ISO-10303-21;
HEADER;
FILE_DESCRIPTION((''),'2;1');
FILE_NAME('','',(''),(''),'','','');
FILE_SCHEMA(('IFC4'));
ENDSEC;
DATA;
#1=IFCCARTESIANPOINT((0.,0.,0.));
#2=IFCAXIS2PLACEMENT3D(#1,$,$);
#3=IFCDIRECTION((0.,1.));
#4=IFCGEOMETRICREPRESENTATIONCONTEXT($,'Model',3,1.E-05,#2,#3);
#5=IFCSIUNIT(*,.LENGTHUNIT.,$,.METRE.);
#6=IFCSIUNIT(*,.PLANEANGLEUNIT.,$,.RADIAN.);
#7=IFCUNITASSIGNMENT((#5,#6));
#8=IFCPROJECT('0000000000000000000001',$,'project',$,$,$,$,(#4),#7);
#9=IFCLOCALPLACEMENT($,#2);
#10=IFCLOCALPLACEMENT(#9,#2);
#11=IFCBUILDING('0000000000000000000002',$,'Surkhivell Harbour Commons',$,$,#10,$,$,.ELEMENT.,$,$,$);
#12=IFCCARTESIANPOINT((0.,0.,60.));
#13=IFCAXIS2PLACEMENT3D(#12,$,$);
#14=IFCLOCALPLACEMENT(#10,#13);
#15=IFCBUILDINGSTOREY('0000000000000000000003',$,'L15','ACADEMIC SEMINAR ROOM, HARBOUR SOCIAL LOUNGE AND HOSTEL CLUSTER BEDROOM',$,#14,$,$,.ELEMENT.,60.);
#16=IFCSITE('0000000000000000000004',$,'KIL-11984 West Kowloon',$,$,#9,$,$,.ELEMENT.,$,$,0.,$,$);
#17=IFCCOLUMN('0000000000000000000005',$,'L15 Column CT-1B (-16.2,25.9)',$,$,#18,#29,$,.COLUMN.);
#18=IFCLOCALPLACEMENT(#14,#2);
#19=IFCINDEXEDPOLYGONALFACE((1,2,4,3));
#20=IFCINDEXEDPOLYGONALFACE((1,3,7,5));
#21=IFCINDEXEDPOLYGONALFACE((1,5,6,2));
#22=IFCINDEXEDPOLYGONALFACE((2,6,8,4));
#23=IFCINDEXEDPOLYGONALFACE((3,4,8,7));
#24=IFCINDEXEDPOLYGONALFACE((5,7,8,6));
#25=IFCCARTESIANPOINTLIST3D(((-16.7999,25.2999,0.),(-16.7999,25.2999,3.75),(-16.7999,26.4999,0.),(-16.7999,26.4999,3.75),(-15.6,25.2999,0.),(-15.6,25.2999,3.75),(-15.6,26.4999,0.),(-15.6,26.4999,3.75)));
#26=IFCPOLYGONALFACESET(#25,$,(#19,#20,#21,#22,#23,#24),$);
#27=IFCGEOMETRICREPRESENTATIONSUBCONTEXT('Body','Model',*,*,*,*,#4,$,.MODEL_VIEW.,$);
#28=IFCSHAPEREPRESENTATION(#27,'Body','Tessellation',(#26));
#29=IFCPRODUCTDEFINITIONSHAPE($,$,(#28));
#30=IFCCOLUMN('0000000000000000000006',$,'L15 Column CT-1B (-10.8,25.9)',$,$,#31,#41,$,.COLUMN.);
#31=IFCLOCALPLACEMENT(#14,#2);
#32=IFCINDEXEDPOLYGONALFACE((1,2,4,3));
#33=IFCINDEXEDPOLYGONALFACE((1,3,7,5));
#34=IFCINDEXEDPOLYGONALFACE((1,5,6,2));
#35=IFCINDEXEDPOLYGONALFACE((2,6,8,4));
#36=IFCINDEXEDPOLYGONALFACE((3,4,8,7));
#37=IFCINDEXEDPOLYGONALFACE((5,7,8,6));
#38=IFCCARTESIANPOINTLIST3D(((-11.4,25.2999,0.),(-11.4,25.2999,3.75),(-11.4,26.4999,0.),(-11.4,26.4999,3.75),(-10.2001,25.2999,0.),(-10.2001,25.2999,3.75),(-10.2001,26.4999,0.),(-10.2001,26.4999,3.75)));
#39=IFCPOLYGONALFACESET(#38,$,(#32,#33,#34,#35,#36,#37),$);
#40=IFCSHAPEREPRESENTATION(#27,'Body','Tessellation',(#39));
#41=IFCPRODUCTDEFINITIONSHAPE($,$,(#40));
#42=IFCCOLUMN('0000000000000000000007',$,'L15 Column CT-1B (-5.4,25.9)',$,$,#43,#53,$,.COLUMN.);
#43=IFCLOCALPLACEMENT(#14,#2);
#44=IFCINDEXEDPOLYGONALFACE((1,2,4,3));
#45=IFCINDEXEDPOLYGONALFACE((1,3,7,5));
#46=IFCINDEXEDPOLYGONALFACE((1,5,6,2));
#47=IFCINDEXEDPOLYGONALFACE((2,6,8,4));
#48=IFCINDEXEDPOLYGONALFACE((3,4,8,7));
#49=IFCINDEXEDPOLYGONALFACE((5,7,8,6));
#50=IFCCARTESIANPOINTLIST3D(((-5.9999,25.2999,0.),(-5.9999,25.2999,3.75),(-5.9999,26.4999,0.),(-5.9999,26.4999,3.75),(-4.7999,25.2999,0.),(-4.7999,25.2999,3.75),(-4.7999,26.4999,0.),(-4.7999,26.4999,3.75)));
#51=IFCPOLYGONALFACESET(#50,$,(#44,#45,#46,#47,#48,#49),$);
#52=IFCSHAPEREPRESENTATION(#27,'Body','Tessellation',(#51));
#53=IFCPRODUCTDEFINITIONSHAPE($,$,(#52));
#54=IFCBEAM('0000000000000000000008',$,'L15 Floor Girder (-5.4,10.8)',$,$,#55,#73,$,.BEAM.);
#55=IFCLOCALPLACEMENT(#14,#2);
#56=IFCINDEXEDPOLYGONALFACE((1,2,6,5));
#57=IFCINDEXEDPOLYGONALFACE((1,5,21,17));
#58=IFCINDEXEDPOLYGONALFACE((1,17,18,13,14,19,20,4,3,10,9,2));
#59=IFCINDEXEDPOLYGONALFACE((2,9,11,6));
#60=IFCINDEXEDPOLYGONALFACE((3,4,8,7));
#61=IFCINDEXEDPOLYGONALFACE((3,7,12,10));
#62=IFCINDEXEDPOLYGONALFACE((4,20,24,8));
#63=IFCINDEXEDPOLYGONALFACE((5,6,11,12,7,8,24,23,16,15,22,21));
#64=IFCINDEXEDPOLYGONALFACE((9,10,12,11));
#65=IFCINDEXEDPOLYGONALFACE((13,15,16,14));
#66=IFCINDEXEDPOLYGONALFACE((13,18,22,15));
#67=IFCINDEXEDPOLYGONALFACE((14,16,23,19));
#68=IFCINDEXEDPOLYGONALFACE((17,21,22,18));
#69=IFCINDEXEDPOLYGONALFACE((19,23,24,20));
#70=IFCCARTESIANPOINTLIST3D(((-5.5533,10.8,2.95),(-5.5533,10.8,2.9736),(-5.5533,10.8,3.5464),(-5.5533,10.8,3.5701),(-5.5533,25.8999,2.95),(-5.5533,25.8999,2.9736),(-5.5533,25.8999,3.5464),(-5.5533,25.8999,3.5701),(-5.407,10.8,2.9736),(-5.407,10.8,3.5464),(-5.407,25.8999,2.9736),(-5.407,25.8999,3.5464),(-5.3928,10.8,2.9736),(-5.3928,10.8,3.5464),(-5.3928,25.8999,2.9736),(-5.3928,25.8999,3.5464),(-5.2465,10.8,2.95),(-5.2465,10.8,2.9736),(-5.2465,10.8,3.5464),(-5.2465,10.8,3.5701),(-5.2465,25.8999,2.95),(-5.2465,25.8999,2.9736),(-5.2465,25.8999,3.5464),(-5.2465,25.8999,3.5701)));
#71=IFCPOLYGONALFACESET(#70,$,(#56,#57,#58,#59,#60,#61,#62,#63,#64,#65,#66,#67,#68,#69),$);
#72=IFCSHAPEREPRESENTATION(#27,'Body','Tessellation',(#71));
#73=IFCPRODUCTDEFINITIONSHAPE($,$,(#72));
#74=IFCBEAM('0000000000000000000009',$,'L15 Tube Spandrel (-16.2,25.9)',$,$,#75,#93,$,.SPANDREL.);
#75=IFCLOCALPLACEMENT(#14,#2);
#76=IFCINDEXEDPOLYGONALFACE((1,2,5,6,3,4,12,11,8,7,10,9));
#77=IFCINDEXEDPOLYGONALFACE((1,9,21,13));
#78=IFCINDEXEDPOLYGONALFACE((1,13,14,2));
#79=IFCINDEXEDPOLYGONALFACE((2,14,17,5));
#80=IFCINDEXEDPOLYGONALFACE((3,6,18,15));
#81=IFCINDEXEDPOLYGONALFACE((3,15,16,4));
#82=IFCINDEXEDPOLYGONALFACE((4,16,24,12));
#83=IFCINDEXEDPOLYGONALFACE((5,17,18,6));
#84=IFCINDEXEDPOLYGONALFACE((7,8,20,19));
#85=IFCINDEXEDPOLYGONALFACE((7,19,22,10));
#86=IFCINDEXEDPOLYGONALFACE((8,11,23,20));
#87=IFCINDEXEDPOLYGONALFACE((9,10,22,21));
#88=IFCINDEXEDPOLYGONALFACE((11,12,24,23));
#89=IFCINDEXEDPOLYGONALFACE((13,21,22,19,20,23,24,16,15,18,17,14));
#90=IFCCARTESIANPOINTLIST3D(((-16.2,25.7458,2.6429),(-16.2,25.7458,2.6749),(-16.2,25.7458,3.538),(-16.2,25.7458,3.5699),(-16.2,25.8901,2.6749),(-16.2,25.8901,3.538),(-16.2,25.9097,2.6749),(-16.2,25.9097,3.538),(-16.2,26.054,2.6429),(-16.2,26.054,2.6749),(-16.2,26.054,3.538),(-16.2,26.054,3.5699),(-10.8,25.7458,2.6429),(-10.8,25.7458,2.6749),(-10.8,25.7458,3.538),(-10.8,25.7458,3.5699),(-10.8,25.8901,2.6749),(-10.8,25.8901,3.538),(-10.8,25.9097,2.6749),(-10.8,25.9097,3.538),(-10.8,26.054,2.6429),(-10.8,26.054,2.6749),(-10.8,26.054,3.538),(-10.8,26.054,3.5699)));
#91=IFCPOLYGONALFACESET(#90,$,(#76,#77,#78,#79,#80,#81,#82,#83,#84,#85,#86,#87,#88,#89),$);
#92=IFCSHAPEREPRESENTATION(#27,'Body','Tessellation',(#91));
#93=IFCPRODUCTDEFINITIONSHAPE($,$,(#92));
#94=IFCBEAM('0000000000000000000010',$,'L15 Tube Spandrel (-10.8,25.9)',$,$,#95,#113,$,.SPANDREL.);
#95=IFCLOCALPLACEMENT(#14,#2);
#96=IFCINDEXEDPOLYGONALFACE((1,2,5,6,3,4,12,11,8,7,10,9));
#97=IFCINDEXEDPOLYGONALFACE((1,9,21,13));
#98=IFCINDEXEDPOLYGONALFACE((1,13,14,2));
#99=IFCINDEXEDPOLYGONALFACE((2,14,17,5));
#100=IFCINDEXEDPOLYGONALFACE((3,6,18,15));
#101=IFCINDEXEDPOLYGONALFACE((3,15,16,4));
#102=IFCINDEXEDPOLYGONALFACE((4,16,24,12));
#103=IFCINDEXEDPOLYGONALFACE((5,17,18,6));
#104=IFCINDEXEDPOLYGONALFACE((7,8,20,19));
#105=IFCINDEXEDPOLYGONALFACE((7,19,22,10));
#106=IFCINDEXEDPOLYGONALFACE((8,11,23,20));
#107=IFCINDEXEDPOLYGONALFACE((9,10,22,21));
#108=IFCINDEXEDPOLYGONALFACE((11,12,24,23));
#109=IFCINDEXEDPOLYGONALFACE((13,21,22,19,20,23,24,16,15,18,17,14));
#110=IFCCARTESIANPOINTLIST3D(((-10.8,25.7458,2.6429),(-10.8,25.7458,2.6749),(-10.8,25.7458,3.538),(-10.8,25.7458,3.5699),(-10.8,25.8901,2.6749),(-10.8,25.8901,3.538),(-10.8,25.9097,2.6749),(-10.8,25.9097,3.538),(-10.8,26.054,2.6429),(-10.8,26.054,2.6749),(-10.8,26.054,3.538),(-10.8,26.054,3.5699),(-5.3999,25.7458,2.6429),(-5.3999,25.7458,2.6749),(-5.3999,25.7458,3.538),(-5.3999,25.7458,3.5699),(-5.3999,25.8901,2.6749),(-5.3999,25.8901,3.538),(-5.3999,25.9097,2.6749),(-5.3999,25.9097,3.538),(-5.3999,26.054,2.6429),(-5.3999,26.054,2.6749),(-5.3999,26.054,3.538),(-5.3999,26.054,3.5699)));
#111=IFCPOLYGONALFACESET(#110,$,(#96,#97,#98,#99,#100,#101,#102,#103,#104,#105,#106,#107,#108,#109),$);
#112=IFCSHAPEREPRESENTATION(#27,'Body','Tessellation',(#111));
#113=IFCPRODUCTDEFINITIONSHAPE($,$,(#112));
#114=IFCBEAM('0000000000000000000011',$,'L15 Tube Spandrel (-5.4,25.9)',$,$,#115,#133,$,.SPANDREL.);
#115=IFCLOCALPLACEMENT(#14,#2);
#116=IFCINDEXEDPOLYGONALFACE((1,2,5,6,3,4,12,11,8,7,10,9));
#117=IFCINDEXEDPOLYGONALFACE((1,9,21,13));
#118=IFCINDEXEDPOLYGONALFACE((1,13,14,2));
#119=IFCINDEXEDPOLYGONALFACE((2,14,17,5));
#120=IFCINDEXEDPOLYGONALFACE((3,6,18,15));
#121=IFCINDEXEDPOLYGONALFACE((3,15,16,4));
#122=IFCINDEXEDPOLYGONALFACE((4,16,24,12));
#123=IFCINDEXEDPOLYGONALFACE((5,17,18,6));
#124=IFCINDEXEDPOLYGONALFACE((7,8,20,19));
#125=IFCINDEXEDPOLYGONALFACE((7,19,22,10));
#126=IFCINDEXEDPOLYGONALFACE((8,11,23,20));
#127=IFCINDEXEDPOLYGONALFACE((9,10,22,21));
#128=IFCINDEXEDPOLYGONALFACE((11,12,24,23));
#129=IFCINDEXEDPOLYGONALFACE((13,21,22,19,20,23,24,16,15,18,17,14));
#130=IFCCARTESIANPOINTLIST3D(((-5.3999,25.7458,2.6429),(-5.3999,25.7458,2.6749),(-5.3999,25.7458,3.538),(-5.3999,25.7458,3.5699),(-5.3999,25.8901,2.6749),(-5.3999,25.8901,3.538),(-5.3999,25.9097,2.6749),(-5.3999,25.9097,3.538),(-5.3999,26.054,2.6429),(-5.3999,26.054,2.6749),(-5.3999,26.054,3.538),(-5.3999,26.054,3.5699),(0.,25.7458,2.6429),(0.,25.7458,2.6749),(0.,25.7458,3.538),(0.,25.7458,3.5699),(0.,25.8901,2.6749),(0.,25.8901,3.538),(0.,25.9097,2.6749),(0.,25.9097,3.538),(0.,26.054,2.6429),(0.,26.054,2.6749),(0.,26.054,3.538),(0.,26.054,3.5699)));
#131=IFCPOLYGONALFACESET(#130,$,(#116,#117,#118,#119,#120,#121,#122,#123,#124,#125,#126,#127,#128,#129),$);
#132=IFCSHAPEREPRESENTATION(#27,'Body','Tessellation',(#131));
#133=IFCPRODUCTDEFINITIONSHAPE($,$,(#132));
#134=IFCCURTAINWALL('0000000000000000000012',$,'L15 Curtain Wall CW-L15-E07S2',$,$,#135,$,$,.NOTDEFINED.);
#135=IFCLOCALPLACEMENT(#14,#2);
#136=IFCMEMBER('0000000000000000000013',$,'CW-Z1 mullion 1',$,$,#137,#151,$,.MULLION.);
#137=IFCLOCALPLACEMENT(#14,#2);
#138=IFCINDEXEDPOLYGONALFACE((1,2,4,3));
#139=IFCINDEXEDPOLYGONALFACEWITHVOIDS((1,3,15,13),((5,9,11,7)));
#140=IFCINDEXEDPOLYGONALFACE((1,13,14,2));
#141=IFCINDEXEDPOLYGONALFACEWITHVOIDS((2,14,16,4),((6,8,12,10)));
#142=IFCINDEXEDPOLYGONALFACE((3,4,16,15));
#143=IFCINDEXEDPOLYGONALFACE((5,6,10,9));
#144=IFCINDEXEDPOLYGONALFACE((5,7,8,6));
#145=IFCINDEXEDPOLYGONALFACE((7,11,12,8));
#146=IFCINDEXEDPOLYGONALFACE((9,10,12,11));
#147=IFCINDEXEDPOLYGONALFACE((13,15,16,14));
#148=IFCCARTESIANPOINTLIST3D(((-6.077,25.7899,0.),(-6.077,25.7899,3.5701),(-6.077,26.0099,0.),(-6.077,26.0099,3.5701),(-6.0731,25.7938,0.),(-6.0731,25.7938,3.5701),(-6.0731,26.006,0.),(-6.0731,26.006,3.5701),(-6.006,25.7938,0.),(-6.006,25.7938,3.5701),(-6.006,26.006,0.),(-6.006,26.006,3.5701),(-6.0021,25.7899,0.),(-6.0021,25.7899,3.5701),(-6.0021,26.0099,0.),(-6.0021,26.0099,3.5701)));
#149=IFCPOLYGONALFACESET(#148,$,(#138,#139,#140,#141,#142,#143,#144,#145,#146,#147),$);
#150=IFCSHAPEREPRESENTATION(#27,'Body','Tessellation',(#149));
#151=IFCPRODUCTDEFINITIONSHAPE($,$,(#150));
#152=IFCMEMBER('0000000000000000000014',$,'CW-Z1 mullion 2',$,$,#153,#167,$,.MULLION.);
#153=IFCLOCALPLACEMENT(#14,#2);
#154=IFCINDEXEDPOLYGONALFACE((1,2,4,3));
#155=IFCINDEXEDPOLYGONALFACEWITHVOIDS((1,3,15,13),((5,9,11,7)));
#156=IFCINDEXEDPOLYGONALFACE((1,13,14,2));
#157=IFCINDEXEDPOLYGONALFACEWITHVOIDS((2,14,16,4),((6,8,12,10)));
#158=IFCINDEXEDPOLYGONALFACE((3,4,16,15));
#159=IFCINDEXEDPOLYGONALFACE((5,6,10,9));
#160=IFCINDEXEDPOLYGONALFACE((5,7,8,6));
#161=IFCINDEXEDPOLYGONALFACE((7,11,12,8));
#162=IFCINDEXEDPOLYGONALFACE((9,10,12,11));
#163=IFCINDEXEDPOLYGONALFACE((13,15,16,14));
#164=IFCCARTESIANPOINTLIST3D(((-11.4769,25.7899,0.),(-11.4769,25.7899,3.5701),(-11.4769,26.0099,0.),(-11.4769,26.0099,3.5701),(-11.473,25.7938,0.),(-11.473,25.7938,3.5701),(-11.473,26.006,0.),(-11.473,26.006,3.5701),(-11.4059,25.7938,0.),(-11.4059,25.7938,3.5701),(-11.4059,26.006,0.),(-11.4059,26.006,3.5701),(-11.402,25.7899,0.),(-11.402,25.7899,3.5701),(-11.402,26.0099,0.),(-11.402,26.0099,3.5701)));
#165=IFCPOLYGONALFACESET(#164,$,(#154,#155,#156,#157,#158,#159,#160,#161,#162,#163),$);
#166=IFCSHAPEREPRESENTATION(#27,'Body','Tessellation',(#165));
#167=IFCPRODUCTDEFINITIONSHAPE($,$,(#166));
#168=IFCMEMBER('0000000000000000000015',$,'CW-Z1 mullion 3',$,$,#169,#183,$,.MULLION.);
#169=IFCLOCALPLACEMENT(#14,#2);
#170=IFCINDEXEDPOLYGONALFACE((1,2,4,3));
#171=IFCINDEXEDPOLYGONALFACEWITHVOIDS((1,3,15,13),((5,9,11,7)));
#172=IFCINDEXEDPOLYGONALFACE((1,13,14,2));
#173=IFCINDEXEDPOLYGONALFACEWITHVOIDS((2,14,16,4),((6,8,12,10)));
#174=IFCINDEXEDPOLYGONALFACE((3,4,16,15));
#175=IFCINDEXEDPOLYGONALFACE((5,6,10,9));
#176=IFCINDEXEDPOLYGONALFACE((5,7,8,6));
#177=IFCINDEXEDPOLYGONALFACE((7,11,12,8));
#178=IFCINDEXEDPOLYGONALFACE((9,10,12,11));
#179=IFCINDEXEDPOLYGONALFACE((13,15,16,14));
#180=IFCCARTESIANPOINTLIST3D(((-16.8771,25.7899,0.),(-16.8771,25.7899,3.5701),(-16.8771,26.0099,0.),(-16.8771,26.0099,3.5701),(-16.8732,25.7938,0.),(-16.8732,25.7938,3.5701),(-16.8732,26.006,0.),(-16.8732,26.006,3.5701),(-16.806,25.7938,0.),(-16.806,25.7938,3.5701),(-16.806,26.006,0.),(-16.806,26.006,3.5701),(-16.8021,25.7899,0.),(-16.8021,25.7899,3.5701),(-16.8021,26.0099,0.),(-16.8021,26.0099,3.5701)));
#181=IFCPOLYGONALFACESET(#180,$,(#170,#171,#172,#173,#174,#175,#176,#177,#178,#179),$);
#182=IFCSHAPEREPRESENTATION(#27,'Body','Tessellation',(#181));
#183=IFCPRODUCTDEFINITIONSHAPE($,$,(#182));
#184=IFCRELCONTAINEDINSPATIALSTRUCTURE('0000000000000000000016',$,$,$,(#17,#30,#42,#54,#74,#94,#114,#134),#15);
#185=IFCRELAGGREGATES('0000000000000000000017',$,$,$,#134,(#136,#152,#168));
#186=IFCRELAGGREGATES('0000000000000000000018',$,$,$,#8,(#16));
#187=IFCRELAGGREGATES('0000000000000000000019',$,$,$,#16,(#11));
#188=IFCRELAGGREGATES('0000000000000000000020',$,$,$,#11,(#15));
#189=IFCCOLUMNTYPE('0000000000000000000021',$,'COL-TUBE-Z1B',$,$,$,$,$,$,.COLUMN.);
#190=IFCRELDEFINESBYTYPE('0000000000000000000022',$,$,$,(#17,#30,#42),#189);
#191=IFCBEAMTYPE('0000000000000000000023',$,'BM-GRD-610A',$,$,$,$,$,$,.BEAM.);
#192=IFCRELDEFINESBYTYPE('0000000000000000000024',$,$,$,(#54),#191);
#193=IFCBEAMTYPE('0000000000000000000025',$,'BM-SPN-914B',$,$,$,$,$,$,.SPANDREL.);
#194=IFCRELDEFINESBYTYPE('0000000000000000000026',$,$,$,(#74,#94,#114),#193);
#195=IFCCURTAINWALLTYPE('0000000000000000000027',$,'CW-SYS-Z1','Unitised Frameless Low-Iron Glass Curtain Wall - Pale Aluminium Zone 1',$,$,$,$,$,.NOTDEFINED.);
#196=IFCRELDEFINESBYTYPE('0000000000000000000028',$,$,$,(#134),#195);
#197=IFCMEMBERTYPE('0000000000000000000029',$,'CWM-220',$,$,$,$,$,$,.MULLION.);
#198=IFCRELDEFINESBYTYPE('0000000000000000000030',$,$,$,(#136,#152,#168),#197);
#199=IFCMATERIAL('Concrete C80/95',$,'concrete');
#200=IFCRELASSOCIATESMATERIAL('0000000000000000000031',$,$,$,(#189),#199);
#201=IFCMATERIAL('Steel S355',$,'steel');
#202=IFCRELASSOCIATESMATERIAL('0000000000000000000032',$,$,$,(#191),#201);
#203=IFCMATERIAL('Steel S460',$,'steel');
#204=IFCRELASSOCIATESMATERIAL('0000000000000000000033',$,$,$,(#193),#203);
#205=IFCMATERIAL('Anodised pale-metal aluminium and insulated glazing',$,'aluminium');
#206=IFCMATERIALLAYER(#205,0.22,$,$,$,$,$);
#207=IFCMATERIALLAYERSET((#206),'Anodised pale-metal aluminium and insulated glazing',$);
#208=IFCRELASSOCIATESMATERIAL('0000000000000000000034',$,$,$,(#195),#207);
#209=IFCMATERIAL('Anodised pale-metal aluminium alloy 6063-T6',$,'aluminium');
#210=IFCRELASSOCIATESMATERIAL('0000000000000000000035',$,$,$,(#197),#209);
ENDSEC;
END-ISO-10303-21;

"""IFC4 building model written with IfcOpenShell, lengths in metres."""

from ifc_helpers import new_model, si_unit, direction, frame, origin, origin_2d, place, context, subcontext, project, spatial, rectangle, hollow_rectangle, i_section, extrude, material, layer, layer_set, material_profile, profile_set, type_object, element, aggregate, save


model = new_model("IFC4")

# Units and contexts
model_context = context("Model", 3, precision=1e-05, world=origin(), true_north=direction((0.0, 1.0)))
body_context = subcontext(model_context, "Body", "Model", "MODEL_VIEW")
ifc_project = project(units=[si_unit("LENGTHUNIT", "METRE"), si_unit("PLANEANGLEUNIT", "RADIAN")], contexts=[model_context])

# Site, building, storey
site_placement = place(None, origin())
site = spatial("IfcSite", under=ifc_project, at=site_placement, Name="KIL-11984 West Kowloon", CompositionType="ELEMENT", RefElevation=0.0)
building_placement = place(site_placement, origin())
building = spatial("IfcBuilding", under=site, at=building_placement, Name="Surkhivell Harbour Commons", CompositionType="ELEMENT")
storey_placement = place(building_placement, frame((0.0, 0.0, 60.0)))
storey = spatial("IfcBuildingStorey", under=building, at=storey_placement, Name="L15", Description="ACADEMIC SEMINAR ROOM, HARBOUR SOCIAL LOUNGE AND HOSTEL CLUSTER BEDROOM", CompositionType="ELEMENT", Elevation=60.0)

# Columns
ifc_material_1 = material(Name="Concrete C80/95", Category="concrete")
ifc_material_profile_1 = material_profile(ifc_material_1, rectangle(XDim=1.2, YDim=1.2, at=origin_2d()), Name="RC-COL-1200x1200")
ifc_profile_set_1 = profile_set([ifc_material_profile_1], Name="Concrete C80/95")
column_type = type_object("IfcColumnType", Name="COL-TUBE-Z1B", PredefinedType="COLUMN", material=ifc_profile_set_1)
for number, where, z_axis, x_axis, name in (
    (1, (-16.2, 25.8999, 0.0), (0.0, 0.0, 1.0), (1.0, 0.0, 0.0), "L15 Column CT-1B (-16.2,25.9)"),
    (2, (-10.8, 25.8999, 0.0), (0.0, 0.0, 1.0), (1.0, 0.0, 0.0), "L15 Column CT-1B (-10.8,25.9)"),
    (3, (-5.3999, 25.8999, 0.0), (0.0, 0.0, 1.0), (1.0, 0.0, 0.0), "L15 Column CT-1B (-5.4,25.9)"),
):
    element("IfcColumn", number, at=place(storey_placement, frame(where, z_axis=z_axis, x_axis=x_axis)), inside=storey, type_object=column_type, Name=name, PredefinedType="COLUMN", context=body_context, shape_type="SweptSolid", body=[
        extrude(rectangle(XDim=1.2, YDim=1.2, at=origin_2d()), origin(), (0.0, 0.0, 1.0), 3.75),
    ])

# Beams
ifc_material_2 = material(Name="Steel S355", Category="steel")
ifc_material_profile_2 = material_profile(ifc_material_2, i_section(OverallWidth=0.3069, OverallDepth=0.6201, WebThickness=0.0142, FlangeThickness=0.0237, at=origin_2d()), Name="UB610x305x179")
ifc_profile_set_2 = profile_set([ifc_material_profile_2], Name="Steel S355")
beam_type_1 = type_object("IfcBeamType", Name="BM-GRD-610A", PredefinedType="BEAM", material=ifc_profile_set_2)
beam_1_placement = place(storey_placement, frame((-5.3999, 10.8, 3.26), z_axis=(0.0, 1.0, 0.0), x_axis=(-1.0, 0.0, 0.0)))
element("IfcBeam", 4, at=beam_1_placement, inside=storey, type_object=beam_type_1, Name="L15 Floor Girder (-5.4,10.8)", PredefinedType="BEAM", context=body_context, shape_type="SweptSolid", body=[
    extrude(i_section(OverallWidth=0.3069, OverallDepth=0.6201, WebThickness=0.0142, FlangeThickness=0.0237, at=origin_2d()), origin(), (0.0, 0.0, 1.0), 15.0999),
])
ifc_material_3 = material(Name="Steel S460", Category="steel")
ifc_material_profile_3 = material_profile(ifc_material_3, i_section(OverallWidth=0.3081, OverallDepth=0.927, WebThickness=0.0195, FlangeThickness=0.032, at=origin_2d()), Name="UB914x305x289")
ifc_profile_set_3 = profile_set([ifc_material_profile_3], Name="Steel S460")
beam_type_2 = type_object("IfcBeamType", Name="BM-SPN-914B", PredefinedType="SPANDREL", material=ifc_profile_set_3)
beam_2_placement = place(storey_placement, frame((-16.2, 25.8999, 3.1064), z_axis=(1.0, 0.0, 0.0), x_axis=(0.0, 1.0, 0.0)))
element("IfcBeam", 5, at=beam_2_placement, inside=storey, type_object=beam_type_2, Name="L15 Tube Spandrel (-16.2,25.9)", PredefinedType="SPANDREL", context=body_context, shape_type="SweptSolid", body=[
    extrude(i_section(OverallWidth=0.3081, OverallDepth=0.927, WebThickness=0.0195, FlangeThickness=0.032, at=origin_2d()), origin(), (0.0, 0.0, 1.0), 5.3999),
])
beam_3_placement = place(storey_placement, frame((-10.8, 25.8999, 3.1064), z_axis=(1.0, 0.0, 0.0), x_axis=(0.0, 1.0, 0.0)))
element("IfcBeam", 6, at=beam_3_placement, inside=storey, type_object=beam_type_2, Name="L15 Tube Spandrel (-10.8,25.9)", PredefinedType="SPANDREL", context=body_context, shape_type="SweptSolid", body=[
    extrude(i_section(OverallWidth=0.3081, OverallDepth=0.927, WebThickness=0.0195, FlangeThickness=0.032, at=origin_2d()), origin(), (0.0, 0.0, 1.0), 5.4001),
])
beam_4_placement = place(storey_placement, frame((-5.3999, 25.8999, 3.1064), z_axis=(1.0, 0.0, 0.0), x_axis=(0.0, 1.0, 0.0)))
element("IfcBeam", 7, at=beam_4_placement, inside=storey, type_object=beam_type_2, Name="L15 Tube Spandrel (-5.4,25.9)", PredefinedType="SPANDREL", context=body_context, shape_type="SweptSolid", body=[
    extrude(i_section(OverallWidth=0.3081, OverallDepth=0.927, WebThickness=0.0195, FlangeThickness=0.032, at=origin_2d()), origin(), (0.0, 0.0, 1.0), 5.3999),
])

# Curtain wall, members
ifc_material_4 = material(Name="Anodised pale-metal aluminium and insulated glazing", Category="aluminium")
ifc_layer_1 = layer(ifc_material_4, 0.22)
ifc_layer_set_1 = layer_set([ifc_layer_1], Name="Anodised pale-metal aluminium and insulated glazing")
curtain_wall_type = type_object("IfcCurtainWallType", Name="CW-SYS-Z1", Description="Unitised Frameless Low-Iron Glass Curtain Wall - Pale Aluminium Zone 1", PredefinedType="NOTDEFINED", material=ifc_layer_set_1)
curtain_wall_placement = place(storey_placement, origin())
curtain_wall = element("IfcCurtainWall", 8, at=curtain_wall_placement, inside=storey, type_object=curtain_wall_type, Name="L15 Curtain Wall CW-L15-E07S2", PredefinedType="NOTDEFINED")
ifc_material_5 = material(Name="Anodised pale-metal aluminium alloy 6063-T6", Category="aluminium")
ifc_material_profile_4 = material_profile(ifc_material_5, hollow_rectangle(XDim=0.075, YDim=0.22, WallThickness=0.0039, at=origin_2d()), Name="ALU-MULL-75x220")
ifc_profile_set_4 = profile_set([ifc_material_profile_4], Name="Anodised pale-metal aluminium alloy 6063-T6")
member_type_1 = type_object("IfcMemberType", Name="CWM-220", PredefinedType="MULLION", material=ifc_profile_set_4)
member_1_placement = place(storey_placement, frame((-6.0396, 25.8999, 0.0), z_axis=(0.0, 0.0, 1.0), x_axis=(-1.0, 0.0, 0.0)))
member_1 = element("IfcMember", 9, at=member_1_placement, type_object=member_type_1, Name="CW-Z1 mullion 1", PredefinedType="MULLION", context=body_context, shape_type="SweptSolid", body=[
    extrude(hollow_rectangle(XDim=0.075, YDim=0.22, WallThickness=0.0039, at=origin_2d()), origin(), (0.0, 0.0, 1.0), 3.5701),
])
member_2_placement = place(storey_placement, frame((-11.4395, 25.8999, 0.0), z_axis=(0.0, 0.0, 1.0), x_axis=(-1.0, 0.0, 0.0)))
member_2 = element("IfcMember", 10, at=member_2_placement, type_object=member_type_1, Name="CW-Z1 mullion 2", PredefinedType="MULLION", context=body_context, shape_type="SweptSolid", body=[
    extrude(hollow_rectangle(XDim=0.075, YDim=0.22, WallThickness=0.0039, at=origin_2d()), origin(), (0.0, 0.0, 1.0), 3.5701),
])
member_3_placement = place(storey_placement, frame((-16.8396, 25.8999, 0.0), z_axis=(0.0, 0.0, 1.0), x_axis=(-1.0, 0.0, 0.0)))
member_3 = element("IfcMember", 11, at=member_3_placement, type_object=member_type_1, Name="CW-Z1 mullion 3", PredefinedType="MULLION", context=body_context, shape_type="SweptSolid", body=[
    extrude(hollow_rectangle(XDim=0.075, YDim=0.22, WallThickness=0.0039, at=origin_2d()), origin(), (0.0, 0.0, 1.0), 3.5701),
])

aggregate(curtain_wall, [member_1, member_2, member_3])

save(model, "model.ifc")
